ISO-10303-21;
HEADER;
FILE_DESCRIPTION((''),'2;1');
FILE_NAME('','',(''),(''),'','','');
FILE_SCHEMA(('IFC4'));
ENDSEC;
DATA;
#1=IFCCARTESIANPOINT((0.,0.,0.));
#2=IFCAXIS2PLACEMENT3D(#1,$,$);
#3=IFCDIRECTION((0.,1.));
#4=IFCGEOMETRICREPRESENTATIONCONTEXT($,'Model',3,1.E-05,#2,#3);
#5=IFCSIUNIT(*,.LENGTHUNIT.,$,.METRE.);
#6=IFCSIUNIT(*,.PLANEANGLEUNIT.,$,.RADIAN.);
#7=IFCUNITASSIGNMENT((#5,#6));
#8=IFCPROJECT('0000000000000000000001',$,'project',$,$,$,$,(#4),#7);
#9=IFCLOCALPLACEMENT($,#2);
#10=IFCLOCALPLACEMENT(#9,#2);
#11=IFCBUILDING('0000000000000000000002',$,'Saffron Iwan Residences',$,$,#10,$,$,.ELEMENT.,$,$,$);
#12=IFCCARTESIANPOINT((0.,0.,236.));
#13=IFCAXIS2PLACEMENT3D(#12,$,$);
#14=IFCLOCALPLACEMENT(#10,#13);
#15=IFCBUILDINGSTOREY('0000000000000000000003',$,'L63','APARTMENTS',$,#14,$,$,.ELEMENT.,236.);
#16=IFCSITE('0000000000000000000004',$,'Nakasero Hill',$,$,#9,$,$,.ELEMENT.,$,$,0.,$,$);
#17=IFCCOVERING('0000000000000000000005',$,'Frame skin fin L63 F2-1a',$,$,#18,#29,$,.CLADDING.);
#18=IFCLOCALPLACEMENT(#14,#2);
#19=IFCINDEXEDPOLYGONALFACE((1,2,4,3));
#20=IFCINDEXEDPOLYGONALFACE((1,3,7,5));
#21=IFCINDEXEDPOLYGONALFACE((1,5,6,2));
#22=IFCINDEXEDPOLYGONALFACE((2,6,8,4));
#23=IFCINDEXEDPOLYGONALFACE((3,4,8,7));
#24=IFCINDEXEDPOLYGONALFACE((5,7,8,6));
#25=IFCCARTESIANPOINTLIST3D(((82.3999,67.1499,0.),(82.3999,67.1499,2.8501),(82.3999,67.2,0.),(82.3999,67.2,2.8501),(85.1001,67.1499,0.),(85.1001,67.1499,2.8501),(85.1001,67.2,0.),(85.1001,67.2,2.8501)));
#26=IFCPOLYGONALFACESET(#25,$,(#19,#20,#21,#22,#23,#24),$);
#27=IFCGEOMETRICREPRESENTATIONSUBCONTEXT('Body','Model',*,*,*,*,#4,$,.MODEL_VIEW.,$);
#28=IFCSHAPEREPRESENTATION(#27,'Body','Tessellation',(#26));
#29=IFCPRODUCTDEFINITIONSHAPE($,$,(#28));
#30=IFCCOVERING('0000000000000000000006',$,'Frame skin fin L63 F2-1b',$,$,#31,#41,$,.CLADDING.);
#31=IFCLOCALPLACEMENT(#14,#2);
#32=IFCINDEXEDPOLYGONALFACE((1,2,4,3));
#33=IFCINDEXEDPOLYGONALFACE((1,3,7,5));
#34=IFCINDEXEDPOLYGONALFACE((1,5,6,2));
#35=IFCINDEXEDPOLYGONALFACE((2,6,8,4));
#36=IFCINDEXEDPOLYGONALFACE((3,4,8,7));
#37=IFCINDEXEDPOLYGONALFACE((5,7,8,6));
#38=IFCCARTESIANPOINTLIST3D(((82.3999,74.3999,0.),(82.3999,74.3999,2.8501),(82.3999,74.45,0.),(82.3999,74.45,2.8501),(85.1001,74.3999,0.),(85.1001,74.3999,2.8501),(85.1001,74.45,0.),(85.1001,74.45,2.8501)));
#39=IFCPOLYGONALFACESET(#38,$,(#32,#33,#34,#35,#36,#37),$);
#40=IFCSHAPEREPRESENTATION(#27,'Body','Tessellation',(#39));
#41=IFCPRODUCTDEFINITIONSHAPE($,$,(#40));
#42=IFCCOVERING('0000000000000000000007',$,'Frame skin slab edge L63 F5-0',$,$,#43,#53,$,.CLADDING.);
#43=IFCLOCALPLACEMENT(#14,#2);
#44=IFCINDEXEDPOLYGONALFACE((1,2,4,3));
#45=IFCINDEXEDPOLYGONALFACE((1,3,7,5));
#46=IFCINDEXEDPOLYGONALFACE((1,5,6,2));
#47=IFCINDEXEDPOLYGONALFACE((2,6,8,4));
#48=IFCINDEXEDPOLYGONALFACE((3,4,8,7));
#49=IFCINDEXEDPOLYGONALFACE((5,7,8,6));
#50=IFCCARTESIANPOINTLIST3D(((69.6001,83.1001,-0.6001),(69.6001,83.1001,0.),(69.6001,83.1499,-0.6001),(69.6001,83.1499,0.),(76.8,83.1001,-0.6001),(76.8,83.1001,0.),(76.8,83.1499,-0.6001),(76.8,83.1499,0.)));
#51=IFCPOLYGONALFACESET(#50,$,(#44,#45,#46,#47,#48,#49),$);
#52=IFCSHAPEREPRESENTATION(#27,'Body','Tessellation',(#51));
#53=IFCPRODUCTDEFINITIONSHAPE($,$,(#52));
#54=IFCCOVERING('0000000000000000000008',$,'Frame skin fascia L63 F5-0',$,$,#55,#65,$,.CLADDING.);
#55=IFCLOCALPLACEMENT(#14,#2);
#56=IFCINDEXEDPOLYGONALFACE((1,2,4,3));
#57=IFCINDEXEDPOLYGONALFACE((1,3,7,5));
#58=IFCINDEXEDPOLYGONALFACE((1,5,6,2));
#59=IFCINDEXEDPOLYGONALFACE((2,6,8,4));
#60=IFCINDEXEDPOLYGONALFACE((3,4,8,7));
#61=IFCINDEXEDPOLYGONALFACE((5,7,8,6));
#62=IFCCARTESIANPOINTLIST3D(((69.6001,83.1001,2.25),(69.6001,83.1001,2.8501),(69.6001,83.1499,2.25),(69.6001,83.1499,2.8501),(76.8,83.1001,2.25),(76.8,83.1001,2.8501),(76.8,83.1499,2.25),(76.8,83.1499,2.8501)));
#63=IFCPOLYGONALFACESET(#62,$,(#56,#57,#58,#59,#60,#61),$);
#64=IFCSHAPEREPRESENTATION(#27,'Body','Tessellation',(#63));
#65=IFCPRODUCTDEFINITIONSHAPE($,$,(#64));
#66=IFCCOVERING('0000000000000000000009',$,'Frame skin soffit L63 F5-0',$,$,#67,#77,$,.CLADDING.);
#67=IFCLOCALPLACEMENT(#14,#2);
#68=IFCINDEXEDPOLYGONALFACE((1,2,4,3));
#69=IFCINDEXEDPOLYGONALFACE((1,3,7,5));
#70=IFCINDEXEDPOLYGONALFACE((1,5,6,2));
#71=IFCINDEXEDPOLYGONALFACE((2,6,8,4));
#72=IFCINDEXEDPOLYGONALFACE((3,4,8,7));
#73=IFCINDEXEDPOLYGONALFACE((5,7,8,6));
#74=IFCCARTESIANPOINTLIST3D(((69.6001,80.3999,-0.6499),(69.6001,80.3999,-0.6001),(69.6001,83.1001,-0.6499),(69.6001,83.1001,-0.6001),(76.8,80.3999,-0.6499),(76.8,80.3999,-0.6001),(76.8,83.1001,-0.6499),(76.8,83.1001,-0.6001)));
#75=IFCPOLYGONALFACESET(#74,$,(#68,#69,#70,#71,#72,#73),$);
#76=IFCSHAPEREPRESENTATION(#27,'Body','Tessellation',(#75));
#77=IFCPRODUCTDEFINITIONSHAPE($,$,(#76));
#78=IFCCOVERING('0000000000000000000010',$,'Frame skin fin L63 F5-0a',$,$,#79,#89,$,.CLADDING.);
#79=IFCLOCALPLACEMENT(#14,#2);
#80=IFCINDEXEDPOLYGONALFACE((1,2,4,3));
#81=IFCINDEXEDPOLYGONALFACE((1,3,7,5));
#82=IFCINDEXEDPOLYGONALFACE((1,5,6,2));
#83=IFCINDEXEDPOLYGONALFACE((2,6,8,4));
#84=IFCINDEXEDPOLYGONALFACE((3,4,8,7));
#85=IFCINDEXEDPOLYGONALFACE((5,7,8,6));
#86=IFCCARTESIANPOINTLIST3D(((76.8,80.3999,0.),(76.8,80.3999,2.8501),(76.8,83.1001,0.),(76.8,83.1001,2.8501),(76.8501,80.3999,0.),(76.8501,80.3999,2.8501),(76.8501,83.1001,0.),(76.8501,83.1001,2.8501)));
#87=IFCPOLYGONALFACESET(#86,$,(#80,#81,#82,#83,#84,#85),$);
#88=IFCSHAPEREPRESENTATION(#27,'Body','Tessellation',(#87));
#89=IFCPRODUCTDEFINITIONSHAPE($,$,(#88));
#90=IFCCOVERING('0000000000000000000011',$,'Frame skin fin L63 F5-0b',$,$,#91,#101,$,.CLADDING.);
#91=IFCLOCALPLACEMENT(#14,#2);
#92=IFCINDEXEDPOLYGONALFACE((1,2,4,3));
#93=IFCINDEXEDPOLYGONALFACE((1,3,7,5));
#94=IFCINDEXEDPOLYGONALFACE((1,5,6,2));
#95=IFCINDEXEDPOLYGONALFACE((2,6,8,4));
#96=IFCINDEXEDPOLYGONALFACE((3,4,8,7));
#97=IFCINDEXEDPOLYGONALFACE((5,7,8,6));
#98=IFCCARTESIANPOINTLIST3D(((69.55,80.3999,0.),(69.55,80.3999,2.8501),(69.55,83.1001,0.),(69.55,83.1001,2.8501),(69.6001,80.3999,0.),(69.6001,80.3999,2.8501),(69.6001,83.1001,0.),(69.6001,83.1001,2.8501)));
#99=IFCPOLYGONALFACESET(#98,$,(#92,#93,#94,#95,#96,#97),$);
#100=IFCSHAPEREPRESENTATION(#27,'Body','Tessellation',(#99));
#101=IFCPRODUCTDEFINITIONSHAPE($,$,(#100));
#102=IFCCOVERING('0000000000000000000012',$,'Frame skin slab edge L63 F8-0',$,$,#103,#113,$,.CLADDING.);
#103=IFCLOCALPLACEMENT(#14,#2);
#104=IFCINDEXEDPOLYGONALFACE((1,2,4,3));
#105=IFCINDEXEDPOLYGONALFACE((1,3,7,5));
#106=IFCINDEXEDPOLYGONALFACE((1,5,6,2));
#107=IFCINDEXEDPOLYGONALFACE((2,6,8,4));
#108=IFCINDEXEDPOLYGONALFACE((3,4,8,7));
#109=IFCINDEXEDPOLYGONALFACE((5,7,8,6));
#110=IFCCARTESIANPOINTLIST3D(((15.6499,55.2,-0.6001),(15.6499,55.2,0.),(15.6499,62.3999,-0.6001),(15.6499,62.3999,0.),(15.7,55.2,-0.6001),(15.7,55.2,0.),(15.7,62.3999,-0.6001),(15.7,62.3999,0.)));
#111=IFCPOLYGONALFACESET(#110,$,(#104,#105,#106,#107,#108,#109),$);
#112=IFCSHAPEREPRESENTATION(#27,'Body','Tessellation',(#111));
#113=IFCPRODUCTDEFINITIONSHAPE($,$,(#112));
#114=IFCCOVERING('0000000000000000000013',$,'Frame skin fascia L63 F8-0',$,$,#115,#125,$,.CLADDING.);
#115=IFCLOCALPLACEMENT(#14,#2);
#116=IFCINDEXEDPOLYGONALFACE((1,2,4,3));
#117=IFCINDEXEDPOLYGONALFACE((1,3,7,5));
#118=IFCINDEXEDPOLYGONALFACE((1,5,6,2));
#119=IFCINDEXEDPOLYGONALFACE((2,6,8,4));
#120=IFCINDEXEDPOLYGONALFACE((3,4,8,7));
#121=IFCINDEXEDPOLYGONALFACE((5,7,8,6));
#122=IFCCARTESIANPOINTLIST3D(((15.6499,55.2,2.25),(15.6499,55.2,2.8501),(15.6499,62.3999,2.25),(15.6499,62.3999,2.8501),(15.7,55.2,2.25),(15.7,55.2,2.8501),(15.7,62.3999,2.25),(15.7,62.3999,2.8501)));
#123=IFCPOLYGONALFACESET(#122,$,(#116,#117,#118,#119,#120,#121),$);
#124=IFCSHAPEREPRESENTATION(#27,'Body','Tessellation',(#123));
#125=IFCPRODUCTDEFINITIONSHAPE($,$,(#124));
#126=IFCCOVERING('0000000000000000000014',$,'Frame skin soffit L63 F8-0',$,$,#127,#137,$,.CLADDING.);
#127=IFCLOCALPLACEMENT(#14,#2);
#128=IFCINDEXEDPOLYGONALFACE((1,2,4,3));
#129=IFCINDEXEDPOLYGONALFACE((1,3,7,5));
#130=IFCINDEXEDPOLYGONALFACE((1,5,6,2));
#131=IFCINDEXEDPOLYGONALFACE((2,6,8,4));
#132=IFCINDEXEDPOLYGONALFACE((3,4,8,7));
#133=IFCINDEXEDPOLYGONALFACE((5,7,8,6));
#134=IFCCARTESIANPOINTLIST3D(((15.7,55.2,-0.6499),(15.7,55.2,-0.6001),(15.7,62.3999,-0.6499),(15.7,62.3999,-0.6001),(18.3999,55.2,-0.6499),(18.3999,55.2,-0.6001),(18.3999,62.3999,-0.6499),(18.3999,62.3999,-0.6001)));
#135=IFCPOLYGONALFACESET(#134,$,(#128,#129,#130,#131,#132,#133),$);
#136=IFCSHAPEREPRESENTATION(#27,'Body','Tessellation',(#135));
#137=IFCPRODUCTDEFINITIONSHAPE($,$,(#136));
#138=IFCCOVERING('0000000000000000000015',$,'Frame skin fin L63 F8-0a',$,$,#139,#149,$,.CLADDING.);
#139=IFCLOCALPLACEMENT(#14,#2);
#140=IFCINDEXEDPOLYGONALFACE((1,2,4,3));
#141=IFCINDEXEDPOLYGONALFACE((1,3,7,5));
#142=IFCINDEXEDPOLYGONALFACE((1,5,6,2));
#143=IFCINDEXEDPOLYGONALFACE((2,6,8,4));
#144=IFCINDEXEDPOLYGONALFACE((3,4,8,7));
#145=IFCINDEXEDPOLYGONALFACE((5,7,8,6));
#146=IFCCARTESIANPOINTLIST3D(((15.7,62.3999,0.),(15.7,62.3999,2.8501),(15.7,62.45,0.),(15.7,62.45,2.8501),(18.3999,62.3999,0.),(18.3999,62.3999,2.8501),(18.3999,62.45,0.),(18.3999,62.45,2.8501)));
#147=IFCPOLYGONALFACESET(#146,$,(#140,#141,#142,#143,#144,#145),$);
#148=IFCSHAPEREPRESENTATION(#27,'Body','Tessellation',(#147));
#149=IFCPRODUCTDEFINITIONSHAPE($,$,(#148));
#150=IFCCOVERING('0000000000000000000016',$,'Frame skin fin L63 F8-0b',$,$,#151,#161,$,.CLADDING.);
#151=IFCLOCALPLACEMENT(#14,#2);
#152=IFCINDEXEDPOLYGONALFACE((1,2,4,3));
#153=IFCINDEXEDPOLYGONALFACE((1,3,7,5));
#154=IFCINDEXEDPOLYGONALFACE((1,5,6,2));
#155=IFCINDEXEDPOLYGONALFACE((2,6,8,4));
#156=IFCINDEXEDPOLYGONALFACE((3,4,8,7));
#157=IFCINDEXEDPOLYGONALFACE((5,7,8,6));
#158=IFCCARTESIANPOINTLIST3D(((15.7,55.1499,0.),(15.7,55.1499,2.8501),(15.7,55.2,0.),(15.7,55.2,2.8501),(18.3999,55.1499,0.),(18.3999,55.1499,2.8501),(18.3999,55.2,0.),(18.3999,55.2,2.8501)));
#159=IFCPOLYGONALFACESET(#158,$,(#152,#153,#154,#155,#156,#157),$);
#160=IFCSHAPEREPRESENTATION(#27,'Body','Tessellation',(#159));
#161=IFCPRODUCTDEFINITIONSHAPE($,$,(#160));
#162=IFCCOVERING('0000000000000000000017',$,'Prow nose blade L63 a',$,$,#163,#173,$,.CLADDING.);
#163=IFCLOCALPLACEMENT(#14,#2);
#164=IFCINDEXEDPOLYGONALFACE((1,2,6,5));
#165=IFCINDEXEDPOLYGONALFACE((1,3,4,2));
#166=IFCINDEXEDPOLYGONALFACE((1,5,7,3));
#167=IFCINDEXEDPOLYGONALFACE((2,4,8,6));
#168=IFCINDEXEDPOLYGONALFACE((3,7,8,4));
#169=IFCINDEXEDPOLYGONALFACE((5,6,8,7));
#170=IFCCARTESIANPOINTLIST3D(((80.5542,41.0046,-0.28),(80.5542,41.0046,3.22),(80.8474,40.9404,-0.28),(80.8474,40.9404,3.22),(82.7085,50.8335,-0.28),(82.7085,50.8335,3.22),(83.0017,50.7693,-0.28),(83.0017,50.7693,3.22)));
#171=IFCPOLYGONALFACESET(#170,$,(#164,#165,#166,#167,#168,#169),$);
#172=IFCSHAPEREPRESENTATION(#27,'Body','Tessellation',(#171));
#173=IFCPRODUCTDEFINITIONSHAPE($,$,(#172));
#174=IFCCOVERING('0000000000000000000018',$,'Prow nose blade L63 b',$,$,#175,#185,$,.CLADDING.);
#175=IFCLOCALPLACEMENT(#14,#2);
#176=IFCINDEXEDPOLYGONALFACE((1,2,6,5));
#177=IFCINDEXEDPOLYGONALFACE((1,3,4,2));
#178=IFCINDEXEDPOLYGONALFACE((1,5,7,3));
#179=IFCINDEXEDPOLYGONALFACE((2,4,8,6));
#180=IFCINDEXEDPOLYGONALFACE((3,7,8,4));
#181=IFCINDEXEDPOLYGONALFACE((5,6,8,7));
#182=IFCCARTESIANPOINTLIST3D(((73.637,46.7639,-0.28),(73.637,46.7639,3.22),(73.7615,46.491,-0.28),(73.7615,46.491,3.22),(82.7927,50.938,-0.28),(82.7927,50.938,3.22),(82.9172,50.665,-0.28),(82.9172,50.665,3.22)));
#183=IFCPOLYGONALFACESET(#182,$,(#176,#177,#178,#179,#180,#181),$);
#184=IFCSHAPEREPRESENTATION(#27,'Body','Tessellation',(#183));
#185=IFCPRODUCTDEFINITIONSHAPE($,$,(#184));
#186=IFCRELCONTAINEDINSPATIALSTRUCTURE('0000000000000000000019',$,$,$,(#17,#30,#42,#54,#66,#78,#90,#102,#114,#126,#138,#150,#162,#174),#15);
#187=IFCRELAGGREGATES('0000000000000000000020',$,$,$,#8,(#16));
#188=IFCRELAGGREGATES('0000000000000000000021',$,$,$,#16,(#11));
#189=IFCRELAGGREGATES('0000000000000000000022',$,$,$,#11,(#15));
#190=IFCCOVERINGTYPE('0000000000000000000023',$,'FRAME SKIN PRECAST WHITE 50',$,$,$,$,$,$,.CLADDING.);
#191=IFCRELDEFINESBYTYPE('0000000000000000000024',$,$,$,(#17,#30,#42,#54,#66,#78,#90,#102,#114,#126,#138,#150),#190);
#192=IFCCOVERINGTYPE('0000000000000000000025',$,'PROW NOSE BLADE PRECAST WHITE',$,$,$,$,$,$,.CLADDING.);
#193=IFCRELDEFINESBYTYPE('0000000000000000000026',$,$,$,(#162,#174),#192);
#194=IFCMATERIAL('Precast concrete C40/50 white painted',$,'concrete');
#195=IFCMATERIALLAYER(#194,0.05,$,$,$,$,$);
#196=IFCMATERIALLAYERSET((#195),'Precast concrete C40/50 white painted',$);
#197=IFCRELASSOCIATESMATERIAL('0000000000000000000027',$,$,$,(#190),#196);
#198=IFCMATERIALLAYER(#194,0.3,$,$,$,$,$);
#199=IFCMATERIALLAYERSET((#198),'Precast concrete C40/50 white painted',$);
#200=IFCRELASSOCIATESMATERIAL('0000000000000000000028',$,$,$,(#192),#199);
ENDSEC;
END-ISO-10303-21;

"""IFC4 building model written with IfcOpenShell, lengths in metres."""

from ifc_helpers import new_model, si_unit, direction, frame, origin, place, context, subcontext, project, spatial, polyline, outline, extrude, material, layer, layer_set, type_object, element, save


model = new_model("IFC4")

# Units and contexts
model_context = context("Model", 3, precision=1e-05, world=origin(), true_north=direction((0.0, 1.0)))
body_context = subcontext(model_context, "Body", "Model", "MODEL_VIEW")
ifc_project = project(units=[si_unit("LENGTHUNIT", "METRE"), si_unit("PLANEANGLEUNIT", "RADIAN")], contexts=[model_context])

# Site, building, storey
site_placement = place(None, origin())
site = spatial("IfcSite", under=ifc_project, at=site_placement, Name="Nakasero Hill", CompositionType="ELEMENT", RefElevation=0.0)
building_placement = place(site_placement, origin())
building = spatial("IfcBuilding", under=site, at=building_placement, Name="Saffron Iwan Residences", CompositionType="ELEMENT")
storey_placement = place(building_placement, frame((0.0, 0.0, 236.0)))
storey = spatial("IfcBuildingStorey", under=building, at=storey_placement, Name="L63", Description="APARTMENTS", CompositionType="ELEMENT", Elevation=236.0)

# Coverings
ifc_material_1 = material(Name="Precast concrete C40/50 white painted", Category="concrete")
ifc_layer_1 = layer(ifc_material_1, 0.05)
ifc_layer_set_1 = layer_set([ifc_layer_1], Name="Precast concrete C40/50 white painted")
covering_type_1 = type_object("IfcCoveringType", Name="FRAME SKIN PRECAST WHITE 50", PredefinedType="CLADDING", material=ifc_layer_set_1)
covering_1_placement = place(storey_placement, origin())
element("IfcCovering", 1, at=covering_1_placement, inside=storey, type_object=covering_type_1, Name="Frame skin fin L63 F2-1a", PredefinedType="CLADDING", context=body_context, shape_type="SweptSolid", body=[
    extrude(outline(polyline([(85.1001, 67.1499), (85.1001, 67.2), (82.3999, 67.2), (82.3999, 67.1499), (85.1001, 67.1499)])), origin(), (0.0, 0.0, 1.0), 2.8501),
])
covering_2_placement = place(storey_placement, origin())
element("IfcCovering", 2, at=covering_2_placement, inside=storey, type_object=covering_type_1, Name="Frame skin fin L63 F2-1b", PredefinedType="CLADDING", context=body_context, shape_type="SweptSolid", body=[
    extrude(outline(polyline([(85.1001, 74.3999), (85.1001, 74.45), (82.3999, 74.45), (82.3999, 74.3999), (85.1001, 74.3999)])), origin(), (0.0, 0.0, 1.0), 2.8501),
])
for number, where, name in (
    (3, (0.0, 0.0, -0.6001), "Frame skin slab edge L63 F5-0"),
    (4, (0.0, 0.0, 2.25), "Frame skin fascia L63 F5-0"),
):
    element("IfcCovering", number, at=place(storey_placement, frame(where)), inside=storey, type_object=covering_type_1, Name=name, PredefinedType="CLADDING", context=body_context, shape_type="SweptSolid", body=[
        extrude(outline(polyline([(76.8, 83.1499), (69.6001, 83.1499), (69.6001, 83.1001), (76.8, 83.1001), (76.8, 83.1499)])), origin(), (0.0, 0.0, 1.0), 0.6001),
    ])
covering_3_placement = place(storey_placement, frame((0.0, 0.0, -0.6499)))
element("IfcCovering", 5, at=covering_3_placement, inside=storey, type_object=covering_type_1, Name="Frame skin soffit L63 F5-0", PredefinedType="CLADDING", context=body_context, shape_type="SweptSolid", body=[
    extrude(outline(polyline([(76.8, 83.1001), (69.6001, 83.1001), (69.6001, 80.3999), (76.8, 80.3999), (76.8, 83.1001)])), origin(), (0.0, 0.0, 1.0), 0.0498),
])
covering_4_placement = place(storey_placement, origin())
element("IfcCovering", 6, at=covering_4_placement, inside=storey, type_object=covering_type_1, Name="Frame skin fin L63 F5-0a", PredefinedType="CLADDING", context=body_context, shape_type="SweptSolid", body=[
    extrude(outline(polyline([(76.8501, 83.1001), (76.8, 83.1001), (76.8, 80.3999), (76.8501, 80.3999), (76.8501, 83.1001)])), origin(), (0.0, 0.0, 1.0), 2.8501),
])
covering_5_placement = place(storey_placement, origin())
element("IfcCovering", 7, at=covering_5_placement, inside=storey, type_object=covering_type_1, Name="Frame skin fin L63 F5-0b", PredefinedType="CLADDING", context=body_context, shape_type="SweptSolid", body=[
    extrude(outline(polyline([(69.6001, 83.1001), (69.55, 83.1001), (69.55, 80.3999), (69.6001, 80.3999), (69.6001, 83.1001)])), origin(), (0.0, 0.0, 1.0), 2.8501),
])
for number, where, name in (
    (8, (0.0, 0.0, -0.6001), "Frame skin slab edge L63 F8-0"),
    (9, (0.0, 0.0, 2.25), "Frame skin fascia L63 F8-0"),
):
    element("IfcCovering", number, at=place(storey_placement, frame(where)), inside=storey, type_object=covering_type_1, Name=name, PredefinedType="CLADDING", context=body_context, shape_type="SweptSolid", body=[
        extrude(outline(polyline([(15.6499, 62.3999), (15.6499, 55.2), (15.7, 55.2), (15.7, 62.3999), (15.6499, 62.3999)])), origin(), (0.0, 0.0, 1.0), 0.6001),
    ])
covering_6_placement = place(storey_placement, frame((0.0, 0.0, -0.6499)))
element("IfcCovering", 10, at=covering_6_placement, inside=storey, type_object=covering_type_1, Name="Frame skin soffit L63 F8-0", PredefinedType="CLADDING", context=body_context, shape_type="SweptSolid", body=[
    extrude(outline(polyline([(15.7, 62.3999), (15.7, 55.2), (18.3999, 55.2), (18.3999, 62.3999), (15.7, 62.3999)])), origin(), (0.0, 0.0, 1.0), 0.0498),
])
covering_7_placement = place(storey_placement, origin())
element("IfcCovering", 11, at=covering_7_placement, inside=storey, type_object=covering_type_1, Name="Frame skin fin L63 F8-0a", PredefinedType="CLADDING", context=body_context, shape_type="SweptSolid", body=[
    extrude(outline(polyline([(15.7, 62.45), (15.7, 62.3999), (18.3999, 62.3999), (18.3999, 62.45), (15.7, 62.45)])), origin(), (0.0, 0.0, 1.0), 2.8501),
])
covering_8_placement = place(storey_placement, origin())
element("IfcCovering", 12, at=covering_8_placement, inside=storey, type_object=covering_type_1, Name="Frame skin fin L63 F8-0b", PredefinedType="CLADDING", context=body_context, shape_type="SweptSolid", body=[
    extrude(outline(polyline([(15.7, 55.2), (15.7, 55.1499), (18.3999, 55.1499), (18.3999, 55.2), (15.7, 55.2)])), origin(), (0.0, 0.0, 1.0), 2.8501),
])
ifc_layer_2 = layer(ifc_material_1, 0.3)
ifc_layer_set_2 = layer_set([ifc_layer_2], Name="Precast concrete C40/50 white painted")
covering_type_2 = type_object("IfcCoveringType", Name="PROW NOSE BLADE PRECAST WHITE", PredefinedType="CLADDING", material=ifc_layer_set_2)
covering_9_placement = place(storey_placement, frame((0.0, 0.0, -0.28)))
element("IfcCovering", 13, at=covering_9_placement, inside=storey, type_object=covering_type_2, Name="Prow nose blade L63 a", PredefinedType="CLADDING", context=body_context, shape_type="SweptSolid", body=[
    extrude(outline(polyline([(80.8474, 40.9404), (83.0017, 50.7693), (82.7085, 50.8335), (80.5542, 41.0046), (80.8474, 40.9404)])), origin(), (0.0, 0.0, 1.0), 3.5),
])
covering_10_placement = place(storey_placement, frame((0.0, 0.0, -0.28)))
element("IfcCovering", 14, at=covering_10_placement, inside=storey, type_object=covering_type_2, Name="Prow nose blade L63 b", PredefinedType="CLADDING", context=body_context, shape_type="SweptSolid", body=[
    extrude(outline(polyline([(73.7615, 46.491), (82.9172, 50.665), (82.7927, 50.938), (73.637, 46.7639), (73.7615, 46.491)])), origin(), (0.0, 0.0, 1.0), 3.5),
])

save(model, "model.ifc")
